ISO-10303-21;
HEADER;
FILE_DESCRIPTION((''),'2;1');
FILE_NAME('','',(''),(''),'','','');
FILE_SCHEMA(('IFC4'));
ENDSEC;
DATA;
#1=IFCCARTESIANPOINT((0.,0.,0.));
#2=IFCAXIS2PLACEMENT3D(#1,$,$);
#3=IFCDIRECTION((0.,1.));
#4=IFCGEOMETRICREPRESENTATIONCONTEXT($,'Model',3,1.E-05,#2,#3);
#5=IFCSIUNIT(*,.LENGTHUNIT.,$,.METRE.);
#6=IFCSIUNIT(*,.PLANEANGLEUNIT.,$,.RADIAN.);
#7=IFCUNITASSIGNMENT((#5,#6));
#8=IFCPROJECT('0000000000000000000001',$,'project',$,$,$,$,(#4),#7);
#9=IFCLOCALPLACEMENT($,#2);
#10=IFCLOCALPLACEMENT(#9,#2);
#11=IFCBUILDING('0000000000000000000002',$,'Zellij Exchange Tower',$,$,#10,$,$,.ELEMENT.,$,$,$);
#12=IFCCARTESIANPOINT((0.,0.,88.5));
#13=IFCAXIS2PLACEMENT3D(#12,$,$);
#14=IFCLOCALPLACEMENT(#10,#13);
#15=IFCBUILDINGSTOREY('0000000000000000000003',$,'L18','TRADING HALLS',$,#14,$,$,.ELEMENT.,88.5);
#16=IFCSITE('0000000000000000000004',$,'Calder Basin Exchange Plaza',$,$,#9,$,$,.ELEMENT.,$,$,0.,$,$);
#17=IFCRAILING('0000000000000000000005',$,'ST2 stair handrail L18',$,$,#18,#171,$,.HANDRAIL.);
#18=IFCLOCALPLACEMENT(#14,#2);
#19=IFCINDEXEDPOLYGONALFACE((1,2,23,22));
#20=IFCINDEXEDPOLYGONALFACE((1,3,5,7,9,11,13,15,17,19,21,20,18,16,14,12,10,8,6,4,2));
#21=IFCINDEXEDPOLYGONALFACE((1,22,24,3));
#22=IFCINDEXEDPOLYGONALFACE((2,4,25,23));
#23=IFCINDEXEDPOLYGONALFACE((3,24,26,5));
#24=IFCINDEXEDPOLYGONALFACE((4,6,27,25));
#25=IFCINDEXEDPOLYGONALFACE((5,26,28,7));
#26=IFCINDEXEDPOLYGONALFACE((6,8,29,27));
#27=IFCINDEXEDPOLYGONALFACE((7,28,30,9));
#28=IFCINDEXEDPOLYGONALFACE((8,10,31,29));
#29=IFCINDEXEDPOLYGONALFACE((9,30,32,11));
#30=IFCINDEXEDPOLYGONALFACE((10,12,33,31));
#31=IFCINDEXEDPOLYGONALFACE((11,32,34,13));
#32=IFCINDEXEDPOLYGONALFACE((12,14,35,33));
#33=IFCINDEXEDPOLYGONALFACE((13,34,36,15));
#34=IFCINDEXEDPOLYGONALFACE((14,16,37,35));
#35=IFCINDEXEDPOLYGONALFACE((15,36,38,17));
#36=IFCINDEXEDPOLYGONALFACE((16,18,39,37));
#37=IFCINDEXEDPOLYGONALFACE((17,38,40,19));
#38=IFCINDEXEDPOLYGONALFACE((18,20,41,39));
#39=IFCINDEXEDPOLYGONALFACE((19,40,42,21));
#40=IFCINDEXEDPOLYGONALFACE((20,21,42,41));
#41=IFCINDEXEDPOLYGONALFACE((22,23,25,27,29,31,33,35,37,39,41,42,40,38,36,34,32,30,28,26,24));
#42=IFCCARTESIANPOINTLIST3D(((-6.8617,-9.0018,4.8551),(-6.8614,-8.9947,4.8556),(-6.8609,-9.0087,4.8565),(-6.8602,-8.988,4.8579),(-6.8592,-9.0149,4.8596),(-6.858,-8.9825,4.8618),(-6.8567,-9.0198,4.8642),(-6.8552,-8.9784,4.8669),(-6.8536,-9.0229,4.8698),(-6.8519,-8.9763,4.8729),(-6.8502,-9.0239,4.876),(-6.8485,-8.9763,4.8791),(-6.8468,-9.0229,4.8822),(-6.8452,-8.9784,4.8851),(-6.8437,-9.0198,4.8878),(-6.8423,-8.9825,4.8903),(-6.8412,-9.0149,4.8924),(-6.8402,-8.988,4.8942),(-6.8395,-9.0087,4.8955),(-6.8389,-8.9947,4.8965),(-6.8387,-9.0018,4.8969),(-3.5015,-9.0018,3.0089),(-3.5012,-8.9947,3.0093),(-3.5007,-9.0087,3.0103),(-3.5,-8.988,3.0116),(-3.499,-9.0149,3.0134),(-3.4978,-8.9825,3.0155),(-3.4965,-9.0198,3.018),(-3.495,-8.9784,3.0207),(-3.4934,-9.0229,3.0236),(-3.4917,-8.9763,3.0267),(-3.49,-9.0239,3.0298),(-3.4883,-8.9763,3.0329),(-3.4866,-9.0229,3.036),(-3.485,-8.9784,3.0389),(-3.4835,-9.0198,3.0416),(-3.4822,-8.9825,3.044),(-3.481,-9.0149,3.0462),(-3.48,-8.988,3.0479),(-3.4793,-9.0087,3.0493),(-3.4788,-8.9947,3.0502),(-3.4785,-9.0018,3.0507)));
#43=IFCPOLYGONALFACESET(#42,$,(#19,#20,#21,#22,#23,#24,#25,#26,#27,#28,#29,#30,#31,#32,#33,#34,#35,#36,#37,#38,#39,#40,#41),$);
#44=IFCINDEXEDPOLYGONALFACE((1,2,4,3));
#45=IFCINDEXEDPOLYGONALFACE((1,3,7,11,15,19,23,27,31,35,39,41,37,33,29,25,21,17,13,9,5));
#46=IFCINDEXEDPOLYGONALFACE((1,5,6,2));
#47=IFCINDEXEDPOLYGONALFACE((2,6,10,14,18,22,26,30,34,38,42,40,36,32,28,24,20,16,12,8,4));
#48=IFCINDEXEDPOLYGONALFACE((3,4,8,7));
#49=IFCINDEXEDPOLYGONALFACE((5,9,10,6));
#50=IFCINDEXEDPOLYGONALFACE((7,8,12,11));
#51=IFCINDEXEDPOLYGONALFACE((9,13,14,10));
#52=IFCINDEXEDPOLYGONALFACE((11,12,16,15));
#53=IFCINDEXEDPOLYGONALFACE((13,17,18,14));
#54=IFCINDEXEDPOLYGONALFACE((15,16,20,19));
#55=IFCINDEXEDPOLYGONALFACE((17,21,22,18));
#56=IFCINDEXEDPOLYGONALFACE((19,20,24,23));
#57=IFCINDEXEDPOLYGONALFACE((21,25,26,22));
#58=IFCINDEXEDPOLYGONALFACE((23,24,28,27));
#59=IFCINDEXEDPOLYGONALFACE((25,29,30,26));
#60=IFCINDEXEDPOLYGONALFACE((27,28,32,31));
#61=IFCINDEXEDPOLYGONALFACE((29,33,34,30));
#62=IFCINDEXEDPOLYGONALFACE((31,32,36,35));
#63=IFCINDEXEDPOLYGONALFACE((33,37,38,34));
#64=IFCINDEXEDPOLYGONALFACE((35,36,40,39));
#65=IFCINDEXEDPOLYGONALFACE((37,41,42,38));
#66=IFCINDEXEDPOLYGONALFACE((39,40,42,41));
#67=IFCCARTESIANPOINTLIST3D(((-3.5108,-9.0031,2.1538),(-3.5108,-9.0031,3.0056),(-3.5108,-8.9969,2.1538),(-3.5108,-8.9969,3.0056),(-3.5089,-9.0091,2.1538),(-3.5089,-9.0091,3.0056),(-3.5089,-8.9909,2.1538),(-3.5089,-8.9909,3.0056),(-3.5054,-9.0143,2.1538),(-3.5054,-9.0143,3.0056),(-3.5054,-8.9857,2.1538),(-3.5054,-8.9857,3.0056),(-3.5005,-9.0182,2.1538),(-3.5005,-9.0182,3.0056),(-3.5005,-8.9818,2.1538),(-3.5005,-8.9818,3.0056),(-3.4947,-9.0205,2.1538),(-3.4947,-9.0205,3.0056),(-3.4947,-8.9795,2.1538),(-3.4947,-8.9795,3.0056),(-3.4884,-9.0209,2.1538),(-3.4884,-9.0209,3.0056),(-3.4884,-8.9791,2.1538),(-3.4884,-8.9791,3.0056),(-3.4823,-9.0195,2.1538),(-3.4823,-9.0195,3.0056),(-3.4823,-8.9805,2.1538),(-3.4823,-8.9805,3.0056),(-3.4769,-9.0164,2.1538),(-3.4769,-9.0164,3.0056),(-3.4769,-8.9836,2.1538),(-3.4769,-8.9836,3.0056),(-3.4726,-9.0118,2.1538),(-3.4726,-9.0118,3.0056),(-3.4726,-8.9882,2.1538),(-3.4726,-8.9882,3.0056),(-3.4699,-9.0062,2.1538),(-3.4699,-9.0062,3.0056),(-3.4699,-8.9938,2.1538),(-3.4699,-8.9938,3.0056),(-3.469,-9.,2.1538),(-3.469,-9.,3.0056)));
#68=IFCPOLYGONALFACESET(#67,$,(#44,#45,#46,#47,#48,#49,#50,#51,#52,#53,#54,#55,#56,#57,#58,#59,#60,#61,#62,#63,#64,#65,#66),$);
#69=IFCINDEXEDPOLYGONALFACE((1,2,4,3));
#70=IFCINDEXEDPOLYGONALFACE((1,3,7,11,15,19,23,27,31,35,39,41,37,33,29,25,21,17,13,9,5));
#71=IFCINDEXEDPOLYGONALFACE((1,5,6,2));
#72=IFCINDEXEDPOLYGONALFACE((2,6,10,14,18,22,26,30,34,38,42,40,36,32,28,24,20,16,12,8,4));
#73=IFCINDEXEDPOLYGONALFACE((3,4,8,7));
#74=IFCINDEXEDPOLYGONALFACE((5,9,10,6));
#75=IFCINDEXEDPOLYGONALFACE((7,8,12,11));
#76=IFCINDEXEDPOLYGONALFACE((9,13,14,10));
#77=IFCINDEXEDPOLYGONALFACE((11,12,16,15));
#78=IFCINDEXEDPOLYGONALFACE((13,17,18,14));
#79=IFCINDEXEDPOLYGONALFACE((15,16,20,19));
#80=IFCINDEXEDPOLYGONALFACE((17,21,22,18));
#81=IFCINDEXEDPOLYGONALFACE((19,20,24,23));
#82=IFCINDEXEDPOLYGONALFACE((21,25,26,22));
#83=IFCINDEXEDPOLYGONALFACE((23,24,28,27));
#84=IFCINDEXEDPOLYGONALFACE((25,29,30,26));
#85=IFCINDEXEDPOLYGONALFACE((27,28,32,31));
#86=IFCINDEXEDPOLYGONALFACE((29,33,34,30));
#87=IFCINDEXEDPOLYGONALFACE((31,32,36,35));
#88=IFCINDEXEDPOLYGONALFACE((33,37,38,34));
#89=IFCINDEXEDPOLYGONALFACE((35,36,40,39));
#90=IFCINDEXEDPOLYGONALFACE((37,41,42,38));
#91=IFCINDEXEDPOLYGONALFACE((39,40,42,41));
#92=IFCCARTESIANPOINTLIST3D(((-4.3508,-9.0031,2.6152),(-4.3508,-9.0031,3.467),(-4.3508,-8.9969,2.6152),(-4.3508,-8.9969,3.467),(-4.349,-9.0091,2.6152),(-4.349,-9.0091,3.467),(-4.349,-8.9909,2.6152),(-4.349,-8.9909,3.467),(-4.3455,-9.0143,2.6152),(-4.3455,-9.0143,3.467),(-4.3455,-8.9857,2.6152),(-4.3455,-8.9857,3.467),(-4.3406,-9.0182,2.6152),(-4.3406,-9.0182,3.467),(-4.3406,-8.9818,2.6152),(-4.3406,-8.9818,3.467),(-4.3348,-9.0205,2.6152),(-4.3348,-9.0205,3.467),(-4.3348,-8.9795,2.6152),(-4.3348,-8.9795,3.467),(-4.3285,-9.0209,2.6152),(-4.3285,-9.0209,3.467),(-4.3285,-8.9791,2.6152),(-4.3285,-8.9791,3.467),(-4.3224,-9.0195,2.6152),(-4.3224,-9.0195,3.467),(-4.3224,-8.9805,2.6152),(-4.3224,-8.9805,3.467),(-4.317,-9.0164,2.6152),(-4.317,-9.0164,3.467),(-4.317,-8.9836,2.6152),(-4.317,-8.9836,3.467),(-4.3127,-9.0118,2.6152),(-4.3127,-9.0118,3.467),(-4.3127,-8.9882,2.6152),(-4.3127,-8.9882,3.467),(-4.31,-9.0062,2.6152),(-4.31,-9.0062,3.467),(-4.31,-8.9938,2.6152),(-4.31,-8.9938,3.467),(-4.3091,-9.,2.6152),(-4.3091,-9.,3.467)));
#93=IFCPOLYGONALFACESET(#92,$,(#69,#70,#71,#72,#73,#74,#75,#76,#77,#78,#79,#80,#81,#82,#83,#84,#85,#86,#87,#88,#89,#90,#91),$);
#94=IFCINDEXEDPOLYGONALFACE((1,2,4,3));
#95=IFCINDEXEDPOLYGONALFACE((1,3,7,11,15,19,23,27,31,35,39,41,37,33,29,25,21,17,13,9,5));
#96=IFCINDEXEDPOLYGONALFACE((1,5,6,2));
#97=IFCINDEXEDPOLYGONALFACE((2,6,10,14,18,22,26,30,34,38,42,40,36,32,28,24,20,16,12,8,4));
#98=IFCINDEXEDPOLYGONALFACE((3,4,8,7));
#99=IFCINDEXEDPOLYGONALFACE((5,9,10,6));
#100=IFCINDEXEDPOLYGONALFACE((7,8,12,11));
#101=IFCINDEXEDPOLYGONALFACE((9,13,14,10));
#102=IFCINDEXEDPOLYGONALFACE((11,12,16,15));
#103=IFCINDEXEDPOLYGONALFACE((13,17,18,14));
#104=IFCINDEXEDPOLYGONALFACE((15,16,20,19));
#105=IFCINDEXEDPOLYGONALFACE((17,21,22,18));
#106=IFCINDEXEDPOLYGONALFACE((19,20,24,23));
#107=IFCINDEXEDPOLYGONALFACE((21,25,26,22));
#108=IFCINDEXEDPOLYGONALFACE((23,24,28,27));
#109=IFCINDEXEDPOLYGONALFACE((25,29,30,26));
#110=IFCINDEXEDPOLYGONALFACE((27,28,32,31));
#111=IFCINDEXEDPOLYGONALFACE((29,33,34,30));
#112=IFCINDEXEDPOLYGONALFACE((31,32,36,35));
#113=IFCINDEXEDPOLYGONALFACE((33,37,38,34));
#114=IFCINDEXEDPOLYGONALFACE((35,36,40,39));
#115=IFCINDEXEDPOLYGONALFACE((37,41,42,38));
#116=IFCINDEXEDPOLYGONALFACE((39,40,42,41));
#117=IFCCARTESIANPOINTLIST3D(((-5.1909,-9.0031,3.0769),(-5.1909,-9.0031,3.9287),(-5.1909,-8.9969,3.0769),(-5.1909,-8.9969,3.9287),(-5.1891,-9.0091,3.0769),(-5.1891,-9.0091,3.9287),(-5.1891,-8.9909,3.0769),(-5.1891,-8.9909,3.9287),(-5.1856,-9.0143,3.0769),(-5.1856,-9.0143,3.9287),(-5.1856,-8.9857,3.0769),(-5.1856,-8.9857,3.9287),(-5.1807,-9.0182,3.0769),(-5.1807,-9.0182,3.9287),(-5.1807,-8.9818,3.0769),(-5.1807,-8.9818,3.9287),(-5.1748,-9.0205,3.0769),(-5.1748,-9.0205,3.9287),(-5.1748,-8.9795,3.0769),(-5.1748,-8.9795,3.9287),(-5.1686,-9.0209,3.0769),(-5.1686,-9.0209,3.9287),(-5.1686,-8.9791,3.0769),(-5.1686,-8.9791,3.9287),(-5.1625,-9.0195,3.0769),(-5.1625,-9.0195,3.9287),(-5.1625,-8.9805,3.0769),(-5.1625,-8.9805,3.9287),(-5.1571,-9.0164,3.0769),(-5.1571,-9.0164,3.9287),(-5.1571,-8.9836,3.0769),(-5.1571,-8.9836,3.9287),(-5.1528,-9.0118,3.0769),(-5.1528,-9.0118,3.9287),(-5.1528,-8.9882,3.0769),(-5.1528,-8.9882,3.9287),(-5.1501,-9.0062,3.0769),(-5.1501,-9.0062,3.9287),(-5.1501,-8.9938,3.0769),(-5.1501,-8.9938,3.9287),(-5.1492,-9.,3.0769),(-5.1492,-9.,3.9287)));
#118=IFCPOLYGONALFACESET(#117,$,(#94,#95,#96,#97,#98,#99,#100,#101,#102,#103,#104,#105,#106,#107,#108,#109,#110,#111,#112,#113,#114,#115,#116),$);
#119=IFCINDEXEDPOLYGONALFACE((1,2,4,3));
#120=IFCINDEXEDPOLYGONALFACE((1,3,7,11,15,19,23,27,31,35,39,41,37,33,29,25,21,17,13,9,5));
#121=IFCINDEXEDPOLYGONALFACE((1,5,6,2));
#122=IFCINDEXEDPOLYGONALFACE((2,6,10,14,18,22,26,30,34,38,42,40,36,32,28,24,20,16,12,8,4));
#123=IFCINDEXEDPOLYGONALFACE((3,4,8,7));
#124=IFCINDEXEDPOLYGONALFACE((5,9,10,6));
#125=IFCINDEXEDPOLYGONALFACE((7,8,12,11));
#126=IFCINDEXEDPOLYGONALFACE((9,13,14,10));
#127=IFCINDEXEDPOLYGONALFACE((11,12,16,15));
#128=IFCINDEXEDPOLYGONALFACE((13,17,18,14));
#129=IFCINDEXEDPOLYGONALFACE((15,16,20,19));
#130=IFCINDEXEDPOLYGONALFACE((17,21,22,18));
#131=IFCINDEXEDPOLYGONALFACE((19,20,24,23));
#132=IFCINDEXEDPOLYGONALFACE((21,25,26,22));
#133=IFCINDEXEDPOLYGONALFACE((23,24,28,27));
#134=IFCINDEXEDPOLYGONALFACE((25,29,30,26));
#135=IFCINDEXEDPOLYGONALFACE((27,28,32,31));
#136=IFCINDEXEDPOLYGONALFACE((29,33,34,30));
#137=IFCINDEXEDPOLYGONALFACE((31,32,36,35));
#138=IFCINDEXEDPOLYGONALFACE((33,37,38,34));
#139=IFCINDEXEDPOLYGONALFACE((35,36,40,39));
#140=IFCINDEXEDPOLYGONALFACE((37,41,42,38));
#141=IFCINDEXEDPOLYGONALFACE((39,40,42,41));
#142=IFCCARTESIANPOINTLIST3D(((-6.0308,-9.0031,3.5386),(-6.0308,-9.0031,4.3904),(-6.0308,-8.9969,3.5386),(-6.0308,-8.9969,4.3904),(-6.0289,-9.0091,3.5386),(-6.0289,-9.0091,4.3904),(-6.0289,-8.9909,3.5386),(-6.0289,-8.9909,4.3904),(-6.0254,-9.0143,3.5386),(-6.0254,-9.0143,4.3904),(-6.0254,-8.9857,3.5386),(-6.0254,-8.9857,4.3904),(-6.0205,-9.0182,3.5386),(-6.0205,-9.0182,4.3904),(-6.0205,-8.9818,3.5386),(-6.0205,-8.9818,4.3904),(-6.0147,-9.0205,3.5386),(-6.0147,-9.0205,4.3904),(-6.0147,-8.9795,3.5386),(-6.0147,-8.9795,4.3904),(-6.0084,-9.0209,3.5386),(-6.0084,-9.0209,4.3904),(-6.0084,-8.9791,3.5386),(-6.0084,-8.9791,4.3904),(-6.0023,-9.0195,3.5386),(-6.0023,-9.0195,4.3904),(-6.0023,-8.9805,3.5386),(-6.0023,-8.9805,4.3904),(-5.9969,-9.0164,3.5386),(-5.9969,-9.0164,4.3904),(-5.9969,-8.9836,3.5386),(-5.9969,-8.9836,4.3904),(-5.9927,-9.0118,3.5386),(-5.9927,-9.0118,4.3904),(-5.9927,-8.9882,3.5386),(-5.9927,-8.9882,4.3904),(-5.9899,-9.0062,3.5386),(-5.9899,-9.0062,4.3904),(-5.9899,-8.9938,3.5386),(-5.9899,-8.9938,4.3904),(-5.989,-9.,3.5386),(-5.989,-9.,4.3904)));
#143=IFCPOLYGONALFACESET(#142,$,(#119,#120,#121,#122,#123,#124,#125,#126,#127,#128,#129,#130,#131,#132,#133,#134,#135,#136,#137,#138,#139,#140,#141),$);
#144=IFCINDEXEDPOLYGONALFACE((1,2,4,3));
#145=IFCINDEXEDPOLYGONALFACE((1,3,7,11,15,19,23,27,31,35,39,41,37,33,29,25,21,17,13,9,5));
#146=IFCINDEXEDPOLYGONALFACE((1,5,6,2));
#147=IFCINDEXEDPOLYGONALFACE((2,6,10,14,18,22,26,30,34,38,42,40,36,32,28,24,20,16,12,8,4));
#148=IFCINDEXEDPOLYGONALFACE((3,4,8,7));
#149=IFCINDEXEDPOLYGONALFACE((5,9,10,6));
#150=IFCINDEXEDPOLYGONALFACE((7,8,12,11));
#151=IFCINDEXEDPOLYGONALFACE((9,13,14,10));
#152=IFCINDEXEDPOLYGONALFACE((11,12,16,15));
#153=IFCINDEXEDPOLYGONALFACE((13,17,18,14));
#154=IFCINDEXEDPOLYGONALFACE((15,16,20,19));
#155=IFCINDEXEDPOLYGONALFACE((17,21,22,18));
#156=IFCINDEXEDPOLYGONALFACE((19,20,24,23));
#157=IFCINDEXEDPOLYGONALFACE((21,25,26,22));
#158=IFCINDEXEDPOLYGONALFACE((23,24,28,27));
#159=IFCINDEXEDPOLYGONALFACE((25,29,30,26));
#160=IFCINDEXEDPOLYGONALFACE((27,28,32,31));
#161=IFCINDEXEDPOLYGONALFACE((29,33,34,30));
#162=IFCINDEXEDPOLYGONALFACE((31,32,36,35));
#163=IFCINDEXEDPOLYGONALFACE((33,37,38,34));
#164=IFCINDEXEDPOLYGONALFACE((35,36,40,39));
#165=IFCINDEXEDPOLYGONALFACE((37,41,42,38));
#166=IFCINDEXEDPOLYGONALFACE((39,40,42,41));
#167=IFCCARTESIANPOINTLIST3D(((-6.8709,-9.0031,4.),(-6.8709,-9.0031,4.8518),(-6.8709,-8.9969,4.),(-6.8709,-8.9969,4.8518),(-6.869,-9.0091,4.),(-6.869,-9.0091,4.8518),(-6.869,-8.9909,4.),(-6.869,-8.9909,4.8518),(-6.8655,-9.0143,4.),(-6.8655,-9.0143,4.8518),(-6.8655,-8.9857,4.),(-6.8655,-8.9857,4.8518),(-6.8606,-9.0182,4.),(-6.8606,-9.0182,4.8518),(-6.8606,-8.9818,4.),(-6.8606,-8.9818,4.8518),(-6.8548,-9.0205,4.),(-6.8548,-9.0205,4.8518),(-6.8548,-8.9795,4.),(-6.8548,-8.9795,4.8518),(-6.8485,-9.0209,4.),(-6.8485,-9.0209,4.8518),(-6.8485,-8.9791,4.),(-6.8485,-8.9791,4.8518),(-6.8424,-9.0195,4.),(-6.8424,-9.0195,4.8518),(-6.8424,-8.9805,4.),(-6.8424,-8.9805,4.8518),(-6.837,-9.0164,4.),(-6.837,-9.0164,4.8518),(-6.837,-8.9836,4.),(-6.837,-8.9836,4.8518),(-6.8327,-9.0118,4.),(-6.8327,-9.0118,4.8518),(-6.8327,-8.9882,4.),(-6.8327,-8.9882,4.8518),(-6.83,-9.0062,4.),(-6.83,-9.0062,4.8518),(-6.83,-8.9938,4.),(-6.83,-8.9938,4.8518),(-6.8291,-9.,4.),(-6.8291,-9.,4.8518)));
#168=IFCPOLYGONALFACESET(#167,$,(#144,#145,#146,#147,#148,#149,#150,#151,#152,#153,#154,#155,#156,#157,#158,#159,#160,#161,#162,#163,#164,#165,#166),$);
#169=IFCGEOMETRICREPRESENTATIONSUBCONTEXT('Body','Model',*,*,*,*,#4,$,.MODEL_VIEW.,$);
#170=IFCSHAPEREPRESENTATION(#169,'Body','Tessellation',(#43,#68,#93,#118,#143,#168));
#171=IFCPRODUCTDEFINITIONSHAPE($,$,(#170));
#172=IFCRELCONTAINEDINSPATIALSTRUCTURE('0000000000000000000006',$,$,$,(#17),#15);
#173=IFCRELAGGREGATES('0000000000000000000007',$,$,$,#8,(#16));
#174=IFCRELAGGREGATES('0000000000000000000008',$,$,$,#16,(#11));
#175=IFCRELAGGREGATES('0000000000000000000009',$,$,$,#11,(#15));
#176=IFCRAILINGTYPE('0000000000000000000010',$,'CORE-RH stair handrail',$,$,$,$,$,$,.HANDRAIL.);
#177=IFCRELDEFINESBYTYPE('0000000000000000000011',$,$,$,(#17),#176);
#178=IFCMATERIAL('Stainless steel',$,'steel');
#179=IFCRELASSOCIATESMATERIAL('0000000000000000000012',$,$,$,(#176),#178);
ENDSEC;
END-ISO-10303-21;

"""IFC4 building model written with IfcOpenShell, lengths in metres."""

from ifc_helpers import new_model, si_unit, direction, frame, origin, origin_2d, place, context, subcontext, project, spatial, circle, extrude, material, type_object, element, save


model = new_model("IFC4")

# Units and contexts
model_context = context("Model", 3, precision=1e-05, world=origin(), true_north=direction((0.0, 1.0)))
body_context = subcontext(model_context, "Body", "Model", "MODEL_VIEW")
ifc_project = project(units=[si_unit("LENGTHUNIT", "METRE"), si_unit("PLANEANGLEUNIT", "RADIAN")], contexts=[model_context])

# Site, building, storey
site_placement = place(None, origin())
site = spatial("IfcSite", under=ifc_project, at=site_placement, Name="Calder Basin Exchange Plaza", CompositionType="ELEMENT", RefElevation=0.0)
building_placement = place(site_placement, origin())
building = spatial("IfcBuilding", under=site, at=building_placement, Name="Zellij Exchange Tower", CompositionType="ELEMENT")
storey_placement = place(building_placement, frame((0.0, 0.0, 88.5)))
storey = spatial("IfcBuildingStorey", under=building, at=storey_placement, Name="L18", Description="TRADING HALLS", CompositionType="ELEMENT", Elevation=88.5)

# Railing
ifc_material_1 = material(Name="Stainless steel", Category="steel")
railing_type_1 = type_object("IfcRailingType", Name="CORE-RH stair handrail", PredefinedType="HANDRAIL", material=ifc_material_1)
railing_1_placement = place(storey_placement, frame((-3.49, -9.0, 2.1538)))
element("IfcRailing", 1, at=railing_1_placement, inside=storey, type_object=railing_type_1, Name="ST2 stair handrail L18", PredefinedType="HANDRAIL", context=body_context, shape_type="SweptSolid", body=[
    extrude(circle(Radius=0.0239, at=origin_2d()), frame((0.0, 0.0, 0.876), z_axis=(-0.876422, 0.0, 0.481545), x_axis=(0.0, -1.0, 0.0)), (0.0, 0.0, 1.0), 3.834),
    extrude(circle(Radius=0.021, at=origin_2d()), origin(), (0.0, 0.0, 1.0), 0.8518),
    extrude(circle(Radius=0.021, at=origin_2d()), frame((-0.8401, 0.0, 0.4614)), (0.0, 0.0, 1.0), 0.8518),
    extrude(circle(Radius=0.021, at=origin_2d()), frame((-1.6802, 0.0, 0.9231)), (0.0, 0.0, 1.0), 0.8518),
    extrude(circle(Radius=0.021, at=origin_2d()), frame((-2.52, 0.0, 1.3848)), (0.0, 0.0, 1.0), 0.8518),
    extrude(circle(Radius=0.021, at=origin_2d()), frame((-3.3601, 0.0, 1.8462)), (0.0, 0.0, 1.0), 0.8518),
])

save(model, "model.ifc")
